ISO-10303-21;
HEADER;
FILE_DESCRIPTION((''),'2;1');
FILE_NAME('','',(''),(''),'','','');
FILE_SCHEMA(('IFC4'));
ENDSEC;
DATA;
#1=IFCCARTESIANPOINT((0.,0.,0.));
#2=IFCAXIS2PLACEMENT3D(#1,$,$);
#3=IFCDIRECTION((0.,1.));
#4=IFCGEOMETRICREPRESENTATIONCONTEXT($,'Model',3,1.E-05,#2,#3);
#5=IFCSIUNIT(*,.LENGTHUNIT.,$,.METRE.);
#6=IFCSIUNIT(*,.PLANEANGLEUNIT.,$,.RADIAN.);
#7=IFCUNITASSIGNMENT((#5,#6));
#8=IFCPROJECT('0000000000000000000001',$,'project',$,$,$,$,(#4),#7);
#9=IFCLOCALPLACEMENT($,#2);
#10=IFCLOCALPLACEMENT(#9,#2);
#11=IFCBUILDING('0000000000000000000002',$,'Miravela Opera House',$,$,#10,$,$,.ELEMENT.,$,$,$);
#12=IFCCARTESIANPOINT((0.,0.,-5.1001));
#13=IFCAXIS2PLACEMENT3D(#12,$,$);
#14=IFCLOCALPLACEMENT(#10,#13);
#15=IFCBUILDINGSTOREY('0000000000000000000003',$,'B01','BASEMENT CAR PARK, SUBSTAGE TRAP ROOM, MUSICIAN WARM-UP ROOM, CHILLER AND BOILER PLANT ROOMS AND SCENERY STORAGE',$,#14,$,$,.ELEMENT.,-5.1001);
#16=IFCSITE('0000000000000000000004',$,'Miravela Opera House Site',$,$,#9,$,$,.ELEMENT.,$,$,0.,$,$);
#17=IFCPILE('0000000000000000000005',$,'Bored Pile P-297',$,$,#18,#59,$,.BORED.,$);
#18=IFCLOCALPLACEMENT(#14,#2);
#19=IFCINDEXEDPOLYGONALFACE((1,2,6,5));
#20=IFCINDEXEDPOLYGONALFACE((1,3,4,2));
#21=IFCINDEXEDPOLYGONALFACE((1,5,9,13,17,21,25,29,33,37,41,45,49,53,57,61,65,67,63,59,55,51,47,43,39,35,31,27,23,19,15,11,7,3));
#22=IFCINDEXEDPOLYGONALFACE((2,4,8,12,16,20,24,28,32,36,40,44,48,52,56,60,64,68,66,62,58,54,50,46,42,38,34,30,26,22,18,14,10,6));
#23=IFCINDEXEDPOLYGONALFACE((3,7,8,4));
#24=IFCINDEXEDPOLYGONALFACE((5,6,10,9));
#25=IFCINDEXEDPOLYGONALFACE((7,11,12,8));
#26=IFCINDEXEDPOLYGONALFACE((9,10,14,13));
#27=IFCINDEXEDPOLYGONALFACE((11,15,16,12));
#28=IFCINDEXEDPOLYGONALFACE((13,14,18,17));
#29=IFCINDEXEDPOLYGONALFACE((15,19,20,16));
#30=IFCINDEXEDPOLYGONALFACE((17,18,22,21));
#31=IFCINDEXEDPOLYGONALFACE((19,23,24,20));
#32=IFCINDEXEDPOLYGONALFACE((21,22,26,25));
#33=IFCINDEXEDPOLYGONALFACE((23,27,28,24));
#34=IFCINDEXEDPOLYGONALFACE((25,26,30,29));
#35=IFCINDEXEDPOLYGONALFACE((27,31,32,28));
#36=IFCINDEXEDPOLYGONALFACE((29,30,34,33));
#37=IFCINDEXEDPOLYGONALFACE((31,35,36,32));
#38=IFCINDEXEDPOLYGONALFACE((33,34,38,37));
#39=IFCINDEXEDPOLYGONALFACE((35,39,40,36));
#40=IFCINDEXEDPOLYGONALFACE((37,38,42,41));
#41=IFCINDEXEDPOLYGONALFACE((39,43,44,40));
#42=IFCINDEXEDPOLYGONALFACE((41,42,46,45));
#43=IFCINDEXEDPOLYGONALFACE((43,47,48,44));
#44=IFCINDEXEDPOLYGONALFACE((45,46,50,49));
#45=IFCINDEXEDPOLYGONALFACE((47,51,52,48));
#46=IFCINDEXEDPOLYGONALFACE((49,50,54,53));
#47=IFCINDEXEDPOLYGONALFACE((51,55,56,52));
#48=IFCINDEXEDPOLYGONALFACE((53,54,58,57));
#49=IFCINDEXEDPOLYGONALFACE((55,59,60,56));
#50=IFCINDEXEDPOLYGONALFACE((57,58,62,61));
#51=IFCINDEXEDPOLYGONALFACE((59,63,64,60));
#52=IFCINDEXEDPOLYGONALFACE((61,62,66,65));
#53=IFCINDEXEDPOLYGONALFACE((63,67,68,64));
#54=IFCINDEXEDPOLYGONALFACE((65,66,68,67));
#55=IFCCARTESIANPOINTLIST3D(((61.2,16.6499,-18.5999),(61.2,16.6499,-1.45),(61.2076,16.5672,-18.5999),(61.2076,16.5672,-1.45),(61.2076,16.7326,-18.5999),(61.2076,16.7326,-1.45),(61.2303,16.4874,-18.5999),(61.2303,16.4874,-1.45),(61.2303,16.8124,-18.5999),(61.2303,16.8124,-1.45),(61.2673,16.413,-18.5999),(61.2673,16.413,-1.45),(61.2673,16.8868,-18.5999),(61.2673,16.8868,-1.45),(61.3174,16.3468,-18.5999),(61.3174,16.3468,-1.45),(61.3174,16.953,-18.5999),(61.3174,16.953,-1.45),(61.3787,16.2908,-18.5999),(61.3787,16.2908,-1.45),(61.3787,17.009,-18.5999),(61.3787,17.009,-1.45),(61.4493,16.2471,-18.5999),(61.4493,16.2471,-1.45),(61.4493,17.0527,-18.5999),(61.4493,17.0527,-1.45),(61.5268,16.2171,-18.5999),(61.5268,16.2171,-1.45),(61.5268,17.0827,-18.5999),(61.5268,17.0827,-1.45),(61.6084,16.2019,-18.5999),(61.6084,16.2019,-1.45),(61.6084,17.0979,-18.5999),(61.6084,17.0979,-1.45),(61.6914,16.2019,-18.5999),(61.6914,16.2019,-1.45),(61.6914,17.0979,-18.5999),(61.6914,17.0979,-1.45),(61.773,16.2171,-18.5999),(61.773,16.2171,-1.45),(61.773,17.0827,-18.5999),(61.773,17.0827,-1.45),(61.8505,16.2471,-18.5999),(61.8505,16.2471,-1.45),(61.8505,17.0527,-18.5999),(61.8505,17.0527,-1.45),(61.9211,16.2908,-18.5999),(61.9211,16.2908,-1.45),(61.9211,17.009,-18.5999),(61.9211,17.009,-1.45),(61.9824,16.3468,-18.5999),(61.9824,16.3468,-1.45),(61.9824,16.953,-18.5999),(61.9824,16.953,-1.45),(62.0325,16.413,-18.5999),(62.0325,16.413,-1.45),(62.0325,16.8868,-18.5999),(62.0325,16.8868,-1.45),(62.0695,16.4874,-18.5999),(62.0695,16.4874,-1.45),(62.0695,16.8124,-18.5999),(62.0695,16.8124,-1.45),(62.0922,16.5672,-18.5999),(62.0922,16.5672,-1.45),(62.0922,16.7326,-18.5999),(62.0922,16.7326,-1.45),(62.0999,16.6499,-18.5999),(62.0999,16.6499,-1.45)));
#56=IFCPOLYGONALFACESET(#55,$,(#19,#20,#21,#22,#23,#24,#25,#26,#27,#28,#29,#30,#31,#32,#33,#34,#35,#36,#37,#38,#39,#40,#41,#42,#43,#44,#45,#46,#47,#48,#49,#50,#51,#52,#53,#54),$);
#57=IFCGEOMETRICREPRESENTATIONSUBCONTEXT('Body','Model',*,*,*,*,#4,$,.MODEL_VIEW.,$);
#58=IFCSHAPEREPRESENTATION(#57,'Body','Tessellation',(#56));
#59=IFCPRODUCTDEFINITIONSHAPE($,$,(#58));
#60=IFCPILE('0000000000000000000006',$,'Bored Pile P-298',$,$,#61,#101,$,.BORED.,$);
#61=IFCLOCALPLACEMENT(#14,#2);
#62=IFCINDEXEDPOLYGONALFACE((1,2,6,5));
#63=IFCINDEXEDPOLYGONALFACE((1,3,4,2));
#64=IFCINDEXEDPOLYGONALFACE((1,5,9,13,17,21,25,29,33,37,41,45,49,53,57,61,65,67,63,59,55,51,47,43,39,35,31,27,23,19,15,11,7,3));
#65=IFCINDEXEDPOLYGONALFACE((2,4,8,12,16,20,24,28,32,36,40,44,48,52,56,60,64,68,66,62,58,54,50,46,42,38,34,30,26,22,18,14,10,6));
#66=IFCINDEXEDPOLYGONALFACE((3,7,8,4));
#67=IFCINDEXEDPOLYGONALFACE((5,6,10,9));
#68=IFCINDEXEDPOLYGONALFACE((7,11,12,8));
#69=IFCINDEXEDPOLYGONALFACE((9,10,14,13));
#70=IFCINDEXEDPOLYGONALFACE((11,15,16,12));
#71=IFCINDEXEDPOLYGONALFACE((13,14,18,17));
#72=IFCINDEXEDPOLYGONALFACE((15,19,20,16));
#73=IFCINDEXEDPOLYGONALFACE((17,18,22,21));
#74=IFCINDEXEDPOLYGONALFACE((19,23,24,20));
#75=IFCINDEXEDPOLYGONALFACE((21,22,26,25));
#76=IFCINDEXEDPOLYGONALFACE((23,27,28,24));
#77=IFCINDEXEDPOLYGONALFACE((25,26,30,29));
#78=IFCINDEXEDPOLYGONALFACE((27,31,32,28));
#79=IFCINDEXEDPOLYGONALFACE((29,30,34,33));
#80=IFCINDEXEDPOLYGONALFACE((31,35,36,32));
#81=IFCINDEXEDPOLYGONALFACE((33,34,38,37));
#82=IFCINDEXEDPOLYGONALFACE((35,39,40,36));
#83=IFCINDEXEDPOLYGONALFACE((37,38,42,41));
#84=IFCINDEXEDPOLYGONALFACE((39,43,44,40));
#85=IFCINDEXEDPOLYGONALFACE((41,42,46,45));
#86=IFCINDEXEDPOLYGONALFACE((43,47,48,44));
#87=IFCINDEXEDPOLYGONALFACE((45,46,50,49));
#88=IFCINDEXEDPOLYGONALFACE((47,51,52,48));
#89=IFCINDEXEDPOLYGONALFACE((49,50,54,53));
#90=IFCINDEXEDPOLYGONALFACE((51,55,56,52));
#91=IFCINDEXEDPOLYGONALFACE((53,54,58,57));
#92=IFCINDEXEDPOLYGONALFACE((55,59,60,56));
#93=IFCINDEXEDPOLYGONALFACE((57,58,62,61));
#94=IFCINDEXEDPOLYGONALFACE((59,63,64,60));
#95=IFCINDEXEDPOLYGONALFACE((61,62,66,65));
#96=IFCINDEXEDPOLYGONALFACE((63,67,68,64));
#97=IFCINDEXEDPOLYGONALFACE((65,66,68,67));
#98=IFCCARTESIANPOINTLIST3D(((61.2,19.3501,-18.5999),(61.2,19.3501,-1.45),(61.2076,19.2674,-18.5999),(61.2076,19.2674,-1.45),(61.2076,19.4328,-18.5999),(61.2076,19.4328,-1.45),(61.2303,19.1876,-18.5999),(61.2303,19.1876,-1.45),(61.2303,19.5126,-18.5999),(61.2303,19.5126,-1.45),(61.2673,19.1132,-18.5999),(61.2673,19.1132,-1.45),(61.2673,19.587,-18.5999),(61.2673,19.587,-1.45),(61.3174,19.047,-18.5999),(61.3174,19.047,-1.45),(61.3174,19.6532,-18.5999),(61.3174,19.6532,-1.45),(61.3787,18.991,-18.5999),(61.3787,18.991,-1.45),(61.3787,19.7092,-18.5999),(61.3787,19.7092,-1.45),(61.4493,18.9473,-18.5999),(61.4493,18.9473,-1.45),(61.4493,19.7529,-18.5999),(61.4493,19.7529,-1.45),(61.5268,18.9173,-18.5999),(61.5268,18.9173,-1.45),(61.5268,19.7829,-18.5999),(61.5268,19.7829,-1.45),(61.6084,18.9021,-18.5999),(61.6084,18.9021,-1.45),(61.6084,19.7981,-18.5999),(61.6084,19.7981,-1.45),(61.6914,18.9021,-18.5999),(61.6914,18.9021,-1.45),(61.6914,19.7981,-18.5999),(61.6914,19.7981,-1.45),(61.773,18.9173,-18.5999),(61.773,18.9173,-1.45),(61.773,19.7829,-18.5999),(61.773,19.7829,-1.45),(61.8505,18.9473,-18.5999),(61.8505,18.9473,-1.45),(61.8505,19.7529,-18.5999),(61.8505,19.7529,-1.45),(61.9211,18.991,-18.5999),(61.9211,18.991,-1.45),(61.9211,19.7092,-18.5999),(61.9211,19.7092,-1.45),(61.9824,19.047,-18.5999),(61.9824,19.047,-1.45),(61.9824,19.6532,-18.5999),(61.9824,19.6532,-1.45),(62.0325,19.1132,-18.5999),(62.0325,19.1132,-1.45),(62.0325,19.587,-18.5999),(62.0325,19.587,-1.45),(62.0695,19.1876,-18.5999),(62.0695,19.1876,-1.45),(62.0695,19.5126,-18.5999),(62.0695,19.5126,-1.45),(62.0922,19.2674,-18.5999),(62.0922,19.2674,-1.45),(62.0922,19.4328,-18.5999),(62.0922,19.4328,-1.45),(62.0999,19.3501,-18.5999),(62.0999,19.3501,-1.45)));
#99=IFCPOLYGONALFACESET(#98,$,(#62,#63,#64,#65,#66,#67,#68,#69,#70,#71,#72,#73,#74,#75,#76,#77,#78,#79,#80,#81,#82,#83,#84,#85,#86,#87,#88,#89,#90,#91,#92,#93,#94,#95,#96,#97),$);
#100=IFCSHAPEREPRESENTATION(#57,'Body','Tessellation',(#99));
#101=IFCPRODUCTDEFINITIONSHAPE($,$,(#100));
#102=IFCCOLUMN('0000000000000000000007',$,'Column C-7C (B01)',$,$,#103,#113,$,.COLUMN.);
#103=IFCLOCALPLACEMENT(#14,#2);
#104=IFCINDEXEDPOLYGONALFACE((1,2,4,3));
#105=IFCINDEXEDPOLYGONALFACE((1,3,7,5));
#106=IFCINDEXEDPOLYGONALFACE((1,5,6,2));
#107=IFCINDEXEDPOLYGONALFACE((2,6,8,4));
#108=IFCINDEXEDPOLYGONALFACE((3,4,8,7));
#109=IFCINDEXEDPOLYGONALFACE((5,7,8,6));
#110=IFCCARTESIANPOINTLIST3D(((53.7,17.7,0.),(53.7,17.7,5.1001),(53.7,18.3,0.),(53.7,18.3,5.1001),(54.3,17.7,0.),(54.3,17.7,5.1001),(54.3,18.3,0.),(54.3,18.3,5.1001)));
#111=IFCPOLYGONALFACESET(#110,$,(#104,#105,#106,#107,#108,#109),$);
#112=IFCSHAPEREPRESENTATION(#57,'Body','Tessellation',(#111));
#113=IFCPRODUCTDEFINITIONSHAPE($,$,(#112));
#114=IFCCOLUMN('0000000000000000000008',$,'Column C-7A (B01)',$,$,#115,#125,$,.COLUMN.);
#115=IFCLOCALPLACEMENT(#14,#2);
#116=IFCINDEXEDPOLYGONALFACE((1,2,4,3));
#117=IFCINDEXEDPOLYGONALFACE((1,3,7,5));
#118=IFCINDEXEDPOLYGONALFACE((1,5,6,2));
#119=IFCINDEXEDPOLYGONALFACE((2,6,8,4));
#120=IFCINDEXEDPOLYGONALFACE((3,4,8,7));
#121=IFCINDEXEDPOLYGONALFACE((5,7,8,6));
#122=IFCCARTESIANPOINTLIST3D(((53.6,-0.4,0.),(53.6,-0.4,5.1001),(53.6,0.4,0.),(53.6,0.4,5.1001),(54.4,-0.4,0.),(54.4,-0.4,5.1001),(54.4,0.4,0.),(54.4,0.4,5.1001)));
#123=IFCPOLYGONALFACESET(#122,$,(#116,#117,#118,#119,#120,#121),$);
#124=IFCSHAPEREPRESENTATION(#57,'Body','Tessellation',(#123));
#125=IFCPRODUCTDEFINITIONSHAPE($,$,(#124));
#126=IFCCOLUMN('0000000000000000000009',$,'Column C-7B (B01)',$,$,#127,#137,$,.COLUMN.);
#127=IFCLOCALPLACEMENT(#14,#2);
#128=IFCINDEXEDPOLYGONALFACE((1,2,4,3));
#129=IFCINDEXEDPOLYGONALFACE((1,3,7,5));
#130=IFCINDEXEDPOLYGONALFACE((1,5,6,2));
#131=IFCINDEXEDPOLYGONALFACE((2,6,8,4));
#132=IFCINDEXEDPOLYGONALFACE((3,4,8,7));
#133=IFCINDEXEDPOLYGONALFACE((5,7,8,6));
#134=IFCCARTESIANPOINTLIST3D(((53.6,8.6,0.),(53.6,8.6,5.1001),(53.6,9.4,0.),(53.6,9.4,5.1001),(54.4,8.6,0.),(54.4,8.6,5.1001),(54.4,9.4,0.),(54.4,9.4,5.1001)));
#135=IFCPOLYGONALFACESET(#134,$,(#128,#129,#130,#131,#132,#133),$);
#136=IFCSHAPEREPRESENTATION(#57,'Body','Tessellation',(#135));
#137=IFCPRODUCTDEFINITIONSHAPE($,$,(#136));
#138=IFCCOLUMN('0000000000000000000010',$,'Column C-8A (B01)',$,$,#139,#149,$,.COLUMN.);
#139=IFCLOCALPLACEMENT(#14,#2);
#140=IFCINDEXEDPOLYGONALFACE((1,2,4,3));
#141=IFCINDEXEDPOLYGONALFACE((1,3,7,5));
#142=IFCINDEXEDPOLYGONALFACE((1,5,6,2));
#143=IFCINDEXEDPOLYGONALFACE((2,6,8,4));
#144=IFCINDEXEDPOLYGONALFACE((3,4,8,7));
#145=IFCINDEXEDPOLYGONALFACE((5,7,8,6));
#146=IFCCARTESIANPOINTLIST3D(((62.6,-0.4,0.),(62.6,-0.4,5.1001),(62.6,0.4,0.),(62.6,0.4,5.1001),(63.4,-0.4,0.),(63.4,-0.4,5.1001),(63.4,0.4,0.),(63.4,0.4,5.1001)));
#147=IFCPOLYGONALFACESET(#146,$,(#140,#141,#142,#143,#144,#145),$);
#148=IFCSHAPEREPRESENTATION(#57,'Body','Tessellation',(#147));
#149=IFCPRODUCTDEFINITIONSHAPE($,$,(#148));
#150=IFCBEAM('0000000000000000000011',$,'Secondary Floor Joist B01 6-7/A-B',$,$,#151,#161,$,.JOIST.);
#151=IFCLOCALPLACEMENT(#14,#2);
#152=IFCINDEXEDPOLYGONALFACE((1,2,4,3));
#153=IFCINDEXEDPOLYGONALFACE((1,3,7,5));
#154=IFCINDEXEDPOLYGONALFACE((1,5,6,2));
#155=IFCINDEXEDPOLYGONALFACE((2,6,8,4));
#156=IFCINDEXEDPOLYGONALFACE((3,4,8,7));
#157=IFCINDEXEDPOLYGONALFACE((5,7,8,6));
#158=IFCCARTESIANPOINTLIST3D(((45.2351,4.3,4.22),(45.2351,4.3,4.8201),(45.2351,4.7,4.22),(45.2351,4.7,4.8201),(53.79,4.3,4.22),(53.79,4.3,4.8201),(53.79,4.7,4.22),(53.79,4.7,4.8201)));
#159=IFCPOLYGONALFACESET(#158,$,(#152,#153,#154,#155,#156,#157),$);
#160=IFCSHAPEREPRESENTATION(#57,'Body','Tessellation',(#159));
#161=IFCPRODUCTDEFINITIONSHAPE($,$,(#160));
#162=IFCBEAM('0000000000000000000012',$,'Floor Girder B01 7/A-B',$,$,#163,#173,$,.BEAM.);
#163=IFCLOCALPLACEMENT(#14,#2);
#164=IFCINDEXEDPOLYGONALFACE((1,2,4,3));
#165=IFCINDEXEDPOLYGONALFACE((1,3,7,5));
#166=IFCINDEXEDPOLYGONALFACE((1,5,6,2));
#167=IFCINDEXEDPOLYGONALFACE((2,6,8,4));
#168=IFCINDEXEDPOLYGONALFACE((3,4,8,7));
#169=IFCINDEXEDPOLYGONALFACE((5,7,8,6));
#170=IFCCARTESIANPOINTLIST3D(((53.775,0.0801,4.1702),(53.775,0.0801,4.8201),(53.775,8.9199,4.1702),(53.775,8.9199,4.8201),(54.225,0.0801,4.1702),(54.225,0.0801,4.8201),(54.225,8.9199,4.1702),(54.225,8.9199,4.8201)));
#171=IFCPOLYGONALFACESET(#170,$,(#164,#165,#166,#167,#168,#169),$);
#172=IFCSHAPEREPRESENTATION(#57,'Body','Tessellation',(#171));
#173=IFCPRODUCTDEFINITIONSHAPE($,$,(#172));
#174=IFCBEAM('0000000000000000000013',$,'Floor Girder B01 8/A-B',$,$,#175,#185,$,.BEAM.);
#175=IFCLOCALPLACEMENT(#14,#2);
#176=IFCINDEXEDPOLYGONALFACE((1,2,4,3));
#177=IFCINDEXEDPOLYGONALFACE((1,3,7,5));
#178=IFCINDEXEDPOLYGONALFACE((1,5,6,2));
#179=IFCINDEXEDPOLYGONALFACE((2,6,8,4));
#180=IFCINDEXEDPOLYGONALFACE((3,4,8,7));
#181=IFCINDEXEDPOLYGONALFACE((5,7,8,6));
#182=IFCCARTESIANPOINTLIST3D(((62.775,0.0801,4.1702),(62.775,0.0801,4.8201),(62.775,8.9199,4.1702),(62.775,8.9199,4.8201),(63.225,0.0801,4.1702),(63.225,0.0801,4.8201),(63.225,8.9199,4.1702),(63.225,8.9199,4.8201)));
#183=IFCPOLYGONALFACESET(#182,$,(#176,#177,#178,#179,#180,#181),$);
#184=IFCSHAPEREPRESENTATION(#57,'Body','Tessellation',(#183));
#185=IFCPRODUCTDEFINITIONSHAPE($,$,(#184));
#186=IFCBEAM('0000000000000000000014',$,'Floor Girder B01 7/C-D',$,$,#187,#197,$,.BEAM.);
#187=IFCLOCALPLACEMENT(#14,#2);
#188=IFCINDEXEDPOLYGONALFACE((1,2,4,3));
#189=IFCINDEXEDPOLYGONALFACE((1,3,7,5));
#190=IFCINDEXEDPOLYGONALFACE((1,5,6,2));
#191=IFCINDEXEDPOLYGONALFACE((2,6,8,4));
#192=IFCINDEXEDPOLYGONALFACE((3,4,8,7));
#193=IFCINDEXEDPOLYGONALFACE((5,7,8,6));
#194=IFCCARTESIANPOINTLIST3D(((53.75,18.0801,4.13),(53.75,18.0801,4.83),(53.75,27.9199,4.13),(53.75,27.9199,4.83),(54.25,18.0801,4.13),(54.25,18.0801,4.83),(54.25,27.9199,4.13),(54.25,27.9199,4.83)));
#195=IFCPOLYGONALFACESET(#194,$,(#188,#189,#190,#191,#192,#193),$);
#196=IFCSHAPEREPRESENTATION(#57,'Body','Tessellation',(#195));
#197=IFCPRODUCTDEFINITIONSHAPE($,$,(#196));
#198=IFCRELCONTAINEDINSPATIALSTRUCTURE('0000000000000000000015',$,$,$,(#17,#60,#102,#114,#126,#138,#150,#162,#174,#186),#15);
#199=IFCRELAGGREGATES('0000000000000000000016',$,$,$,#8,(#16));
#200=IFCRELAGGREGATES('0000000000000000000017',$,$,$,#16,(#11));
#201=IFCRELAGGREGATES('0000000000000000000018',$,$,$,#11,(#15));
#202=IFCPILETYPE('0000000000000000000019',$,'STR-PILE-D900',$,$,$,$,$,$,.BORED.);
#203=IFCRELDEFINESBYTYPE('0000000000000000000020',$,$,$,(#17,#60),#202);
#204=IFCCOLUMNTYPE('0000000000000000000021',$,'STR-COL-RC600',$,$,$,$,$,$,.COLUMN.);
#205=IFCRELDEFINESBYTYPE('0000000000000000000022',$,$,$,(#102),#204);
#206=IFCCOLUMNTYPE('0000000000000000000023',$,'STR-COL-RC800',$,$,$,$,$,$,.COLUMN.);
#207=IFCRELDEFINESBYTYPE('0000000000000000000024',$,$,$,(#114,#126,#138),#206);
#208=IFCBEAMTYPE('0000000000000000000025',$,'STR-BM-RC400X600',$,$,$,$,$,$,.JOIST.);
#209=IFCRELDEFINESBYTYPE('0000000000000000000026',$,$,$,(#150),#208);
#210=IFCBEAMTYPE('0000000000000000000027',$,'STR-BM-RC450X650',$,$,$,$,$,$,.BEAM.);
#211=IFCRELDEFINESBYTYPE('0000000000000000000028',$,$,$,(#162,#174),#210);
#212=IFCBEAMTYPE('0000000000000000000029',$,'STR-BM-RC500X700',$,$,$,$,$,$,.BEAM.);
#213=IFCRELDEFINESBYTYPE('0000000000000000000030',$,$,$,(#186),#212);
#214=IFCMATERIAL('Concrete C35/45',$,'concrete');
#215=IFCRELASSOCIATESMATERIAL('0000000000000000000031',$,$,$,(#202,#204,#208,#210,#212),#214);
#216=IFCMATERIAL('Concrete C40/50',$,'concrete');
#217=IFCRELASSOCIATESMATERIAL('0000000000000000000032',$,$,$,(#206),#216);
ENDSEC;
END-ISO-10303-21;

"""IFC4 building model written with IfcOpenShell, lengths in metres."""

from ifc_helpers import new_model, si_unit, direction, frame, origin, origin_2d, place, context, subcontext, project, spatial, rectangle, circle, extrude, material, material_profile, profile_set, type_object, element, save


model = new_model("IFC4")

# Units and contexts
model_context = context("Model", 3, precision=1e-05, world=origin(), true_north=direction((0.0, 1.0)))
body_context = subcontext(model_context, "Body", "Model", "MODEL_VIEW")
ifc_project = project(units=[si_unit("LENGTHUNIT", "METRE"), si_unit("PLANEANGLEUNIT", "RADIAN")], contexts=[model_context])

# Site, building, storey
site_placement = place(None, origin())
site = spatial("IfcSite", under=ifc_project, at=site_placement, Name="Miravela Opera House Site", CompositionType="ELEMENT", RefElevation=0.0)
building_placement = place(site_placement, origin())
building = spatial("IfcBuilding", under=site, at=building_placement, Name="Miravela Opera House", CompositionType="ELEMENT")
storey_placement = place(building_placement, frame((0.0, 0.0, -5.1001)))
storey = spatial("IfcBuildingStorey", under=building, at=storey_placement, Name="B01", Description="BASEMENT CAR PARK, SUBSTAGE TRAP ROOM, MUSICIAN WARM-UP ROOM, CHILLER AND BOILER PLANT ROOMS AND SCENERY STORAGE", CompositionType="ELEMENT", Elevation=-5.1001)

# Shared definitions
ifc_material_1 = material(Name="Concrete C35/45", Category="concrete")

# Piles
ifc_material_profile_1 = material_profile(ifc_material_1, circle(Radius=0.45, at=origin_2d()), Name="PILE-D900")
ifc_profile_set_1 = profile_set([ifc_material_profile_1])
pile_type_1 = type_object("IfcPileType", Name="STR-PILE-D900", PredefinedType="BORED", material=ifc_profile_set_1)
for number, where, z_axis, x_axis, name in (
    (1, (61.6499, 16.6499, -1.45), (0.0, 0.0, -1.0), (1.0, 0.0, 0.0), "Bored Pile P-297"),
    (2, (61.6499, 19.3501, -1.45), (0.0, 0.0, -1.0), (1.0, 0.0, 0.0), "Bored Pile P-298"),
):
    element("IfcPile", number, at=place(storey_placement, frame(where, z_axis=z_axis, x_axis=x_axis)), inside=storey, type_object=pile_type_1, Name=name, PredefinedType="BORED", context=body_context, shape_type="SweptSolid", body=[
        extrude(circle(Radius=0.45, at=origin_2d()), origin(), (0.0, 0.0, 1.0), 17.1499),
    ])

# Columns
ifc_material_profile_2 = material_profile(ifc_material_1, rectangle(XDim=0.6001, YDim=0.6001, at=origin_2d()), Name="RC-COL-600X600")
ifc_profile_set_2 = profile_set([ifc_material_profile_2])
column_type_1 = type_object("IfcColumnType", Name="STR-COL-RC600", PredefinedType="COLUMN", material=ifc_profile_set_2)
column_placement = place(storey_placement, frame((54.0, 18.0, 0.0), z_axis=(0.0, 0.0, 1.0), x_axis=(1.0, 0.0, 0.0)))
element("IfcColumn", 3, at=column_placement, inside=storey, type_object=column_type_1, Name="Column C-7C (B01)", PredefinedType="COLUMN", context=body_context, shape_type="SweptSolid", body=[
    extrude(rectangle(XDim=0.6001, YDim=0.6001, at=origin_2d()), origin(), (0.0, 0.0, 1.0), 5.1001),
])
ifc_material_2 = material(Name="Concrete C40/50", Category="concrete")
ifc_material_profile_3 = material_profile(ifc_material_2, rectangle(XDim=0.8, YDim=0.8, at=origin_2d()), Name="RC-COL-800X800")
ifc_profile_set_3 = profile_set([ifc_material_profile_3])
column_type_2 = type_object("IfcColumnType", Name="STR-COL-RC800", PredefinedType="COLUMN", material=ifc_profile_set_3)
for number, where, z_axis, x_axis, name in (
    (4, (54.0, 0.0, 0.0), (0.0, 0.0, 1.0), (1.0, 0.0, 0.0), "Column C-7A (B01)"),
    (5, (54.0, 9.0, 0.0), (0.0, 0.0, 1.0), (1.0, 0.0, 0.0), "Column C-7B (B01)"),
    (6, (63.0, 0.0, 0.0), (0.0, 0.0, 1.0), (1.0, 0.0, 0.0), "Column C-8A (B01)"),
):
    element("IfcColumn", number, at=place(storey_placement, frame(where, z_axis=z_axis, x_axis=x_axis)), inside=storey, type_object=column_type_2, Name=name, PredefinedType="COLUMN", context=body_context, shape_type="SweptSolid", body=[
        extrude(rectangle(XDim=0.8, YDim=0.8, at=origin_2d()), origin(), (0.0, 0.0, 1.0), 5.1001),
    ])

# Beams
ifc_material_profile_4 = material_profile(ifc_material_1, rectangle(XDim=0.3999, YDim=0.6001, at=origin_2d()), Name="RC-BM-400X600")
ifc_profile_set_4 = profile_set([ifc_material_profile_4])
beam_type_1 = type_object("IfcBeamType", Name="STR-BM-RC400X600", PredefinedType="JOIST", material=ifc_profile_set_4)
beam_1_placement = place(storey_placement, frame((45.2351, 4.5, 4.52), z_axis=(1.0, 0.0, 0.0), x_axis=(0.0, 1.0, 0.0)))
element("IfcBeam", 7, at=beam_1_placement, inside=storey, type_object=beam_type_1, Name="Secondary Floor Joist B01 6-7/A-B", PredefinedType="JOIST", context=body_context, shape_type="SweptSolid", body=[
    extrude(rectangle(XDim=0.3999, YDim=0.6001, at=origin_2d()), origin(), (0.0, 0.0, 1.0), 8.5549),
])
ifc_material_profile_5 = material_profile(ifc_material_1, rectangle(XDim=0.45, YDim=0.6499, at=origin_2d()), Name="RC-BM-450X650")
ifc_profile_set_5 = profile_set([ifc_material_profile_5])
beam_type_2 = type_object("IfcBeamType", Name="STR-BM-RC450X650", PredefinedType="BEAM", material=ifc_profile_set_5)
for number, where, z_axis, x_axis, name in (
    (8, (54.0, 0.0801, 4.4951), (0.0, 1.0, 0.0), (-1.0, 0.0, 0.0), "Floor Girder B01 7/A-B"),
    (9, (63.0, 0.0801, 4.4951), (0.0, 1.0, 0.0), (-1.0, 0.0, 0.0), "Floor Girder B01 8/A-B"),
):
    element("IfcBeam", number, at=place(storey_placement, frame(where, z_axis=z_axis, x_axis=x_axis)), inside=storey, type_object=beam_type_2, Name=name, PredefinedType="BEAM", context=body_context, shape_type="SweptSolid", body=[
        extrude(rectangle(XDim=0.45, YDim=0.6499, at=origin_2d()), origin(), (0.0, 0.0, 1.0), 8.8398),
    ])
ifc_material_profile_6 = material_profile(ifc_material_1, rectangle(XDim=0.5, YDim=0.7, at=origin_2d()), Name="RC-BM-500X700")
ifc_profile_set_6 = profile_set([ifc_material_profile_6])
beam_type_3 = type_object("IfcBeamType", Name="STR-BM-RC500X700", PredefinedType="BEAM", material=ifc_profile_set_6)
beam_2_placement = place(storey_placement, frame((54.0, 18.0801, 4.48), z_axis=(0.0, 1.0, 0.0), x_axis=(-1.0, 0.0, 0.0)))
element("IfcBeam", 10, at=beam_2_placement, inside=storey, type_object=beam_type_3, Name="Floor Girder B01 7/C-D", PredefinedType="BEAM", context=body_context, shape_type="SweptSolid", body=[
    extrude(rectangle(XDim=0.5, YDim=0.7, at=origin_2d()), origin(), (0.0, 0.0, 1.0), 9.8398),
])

save(model, "model.ifc")
